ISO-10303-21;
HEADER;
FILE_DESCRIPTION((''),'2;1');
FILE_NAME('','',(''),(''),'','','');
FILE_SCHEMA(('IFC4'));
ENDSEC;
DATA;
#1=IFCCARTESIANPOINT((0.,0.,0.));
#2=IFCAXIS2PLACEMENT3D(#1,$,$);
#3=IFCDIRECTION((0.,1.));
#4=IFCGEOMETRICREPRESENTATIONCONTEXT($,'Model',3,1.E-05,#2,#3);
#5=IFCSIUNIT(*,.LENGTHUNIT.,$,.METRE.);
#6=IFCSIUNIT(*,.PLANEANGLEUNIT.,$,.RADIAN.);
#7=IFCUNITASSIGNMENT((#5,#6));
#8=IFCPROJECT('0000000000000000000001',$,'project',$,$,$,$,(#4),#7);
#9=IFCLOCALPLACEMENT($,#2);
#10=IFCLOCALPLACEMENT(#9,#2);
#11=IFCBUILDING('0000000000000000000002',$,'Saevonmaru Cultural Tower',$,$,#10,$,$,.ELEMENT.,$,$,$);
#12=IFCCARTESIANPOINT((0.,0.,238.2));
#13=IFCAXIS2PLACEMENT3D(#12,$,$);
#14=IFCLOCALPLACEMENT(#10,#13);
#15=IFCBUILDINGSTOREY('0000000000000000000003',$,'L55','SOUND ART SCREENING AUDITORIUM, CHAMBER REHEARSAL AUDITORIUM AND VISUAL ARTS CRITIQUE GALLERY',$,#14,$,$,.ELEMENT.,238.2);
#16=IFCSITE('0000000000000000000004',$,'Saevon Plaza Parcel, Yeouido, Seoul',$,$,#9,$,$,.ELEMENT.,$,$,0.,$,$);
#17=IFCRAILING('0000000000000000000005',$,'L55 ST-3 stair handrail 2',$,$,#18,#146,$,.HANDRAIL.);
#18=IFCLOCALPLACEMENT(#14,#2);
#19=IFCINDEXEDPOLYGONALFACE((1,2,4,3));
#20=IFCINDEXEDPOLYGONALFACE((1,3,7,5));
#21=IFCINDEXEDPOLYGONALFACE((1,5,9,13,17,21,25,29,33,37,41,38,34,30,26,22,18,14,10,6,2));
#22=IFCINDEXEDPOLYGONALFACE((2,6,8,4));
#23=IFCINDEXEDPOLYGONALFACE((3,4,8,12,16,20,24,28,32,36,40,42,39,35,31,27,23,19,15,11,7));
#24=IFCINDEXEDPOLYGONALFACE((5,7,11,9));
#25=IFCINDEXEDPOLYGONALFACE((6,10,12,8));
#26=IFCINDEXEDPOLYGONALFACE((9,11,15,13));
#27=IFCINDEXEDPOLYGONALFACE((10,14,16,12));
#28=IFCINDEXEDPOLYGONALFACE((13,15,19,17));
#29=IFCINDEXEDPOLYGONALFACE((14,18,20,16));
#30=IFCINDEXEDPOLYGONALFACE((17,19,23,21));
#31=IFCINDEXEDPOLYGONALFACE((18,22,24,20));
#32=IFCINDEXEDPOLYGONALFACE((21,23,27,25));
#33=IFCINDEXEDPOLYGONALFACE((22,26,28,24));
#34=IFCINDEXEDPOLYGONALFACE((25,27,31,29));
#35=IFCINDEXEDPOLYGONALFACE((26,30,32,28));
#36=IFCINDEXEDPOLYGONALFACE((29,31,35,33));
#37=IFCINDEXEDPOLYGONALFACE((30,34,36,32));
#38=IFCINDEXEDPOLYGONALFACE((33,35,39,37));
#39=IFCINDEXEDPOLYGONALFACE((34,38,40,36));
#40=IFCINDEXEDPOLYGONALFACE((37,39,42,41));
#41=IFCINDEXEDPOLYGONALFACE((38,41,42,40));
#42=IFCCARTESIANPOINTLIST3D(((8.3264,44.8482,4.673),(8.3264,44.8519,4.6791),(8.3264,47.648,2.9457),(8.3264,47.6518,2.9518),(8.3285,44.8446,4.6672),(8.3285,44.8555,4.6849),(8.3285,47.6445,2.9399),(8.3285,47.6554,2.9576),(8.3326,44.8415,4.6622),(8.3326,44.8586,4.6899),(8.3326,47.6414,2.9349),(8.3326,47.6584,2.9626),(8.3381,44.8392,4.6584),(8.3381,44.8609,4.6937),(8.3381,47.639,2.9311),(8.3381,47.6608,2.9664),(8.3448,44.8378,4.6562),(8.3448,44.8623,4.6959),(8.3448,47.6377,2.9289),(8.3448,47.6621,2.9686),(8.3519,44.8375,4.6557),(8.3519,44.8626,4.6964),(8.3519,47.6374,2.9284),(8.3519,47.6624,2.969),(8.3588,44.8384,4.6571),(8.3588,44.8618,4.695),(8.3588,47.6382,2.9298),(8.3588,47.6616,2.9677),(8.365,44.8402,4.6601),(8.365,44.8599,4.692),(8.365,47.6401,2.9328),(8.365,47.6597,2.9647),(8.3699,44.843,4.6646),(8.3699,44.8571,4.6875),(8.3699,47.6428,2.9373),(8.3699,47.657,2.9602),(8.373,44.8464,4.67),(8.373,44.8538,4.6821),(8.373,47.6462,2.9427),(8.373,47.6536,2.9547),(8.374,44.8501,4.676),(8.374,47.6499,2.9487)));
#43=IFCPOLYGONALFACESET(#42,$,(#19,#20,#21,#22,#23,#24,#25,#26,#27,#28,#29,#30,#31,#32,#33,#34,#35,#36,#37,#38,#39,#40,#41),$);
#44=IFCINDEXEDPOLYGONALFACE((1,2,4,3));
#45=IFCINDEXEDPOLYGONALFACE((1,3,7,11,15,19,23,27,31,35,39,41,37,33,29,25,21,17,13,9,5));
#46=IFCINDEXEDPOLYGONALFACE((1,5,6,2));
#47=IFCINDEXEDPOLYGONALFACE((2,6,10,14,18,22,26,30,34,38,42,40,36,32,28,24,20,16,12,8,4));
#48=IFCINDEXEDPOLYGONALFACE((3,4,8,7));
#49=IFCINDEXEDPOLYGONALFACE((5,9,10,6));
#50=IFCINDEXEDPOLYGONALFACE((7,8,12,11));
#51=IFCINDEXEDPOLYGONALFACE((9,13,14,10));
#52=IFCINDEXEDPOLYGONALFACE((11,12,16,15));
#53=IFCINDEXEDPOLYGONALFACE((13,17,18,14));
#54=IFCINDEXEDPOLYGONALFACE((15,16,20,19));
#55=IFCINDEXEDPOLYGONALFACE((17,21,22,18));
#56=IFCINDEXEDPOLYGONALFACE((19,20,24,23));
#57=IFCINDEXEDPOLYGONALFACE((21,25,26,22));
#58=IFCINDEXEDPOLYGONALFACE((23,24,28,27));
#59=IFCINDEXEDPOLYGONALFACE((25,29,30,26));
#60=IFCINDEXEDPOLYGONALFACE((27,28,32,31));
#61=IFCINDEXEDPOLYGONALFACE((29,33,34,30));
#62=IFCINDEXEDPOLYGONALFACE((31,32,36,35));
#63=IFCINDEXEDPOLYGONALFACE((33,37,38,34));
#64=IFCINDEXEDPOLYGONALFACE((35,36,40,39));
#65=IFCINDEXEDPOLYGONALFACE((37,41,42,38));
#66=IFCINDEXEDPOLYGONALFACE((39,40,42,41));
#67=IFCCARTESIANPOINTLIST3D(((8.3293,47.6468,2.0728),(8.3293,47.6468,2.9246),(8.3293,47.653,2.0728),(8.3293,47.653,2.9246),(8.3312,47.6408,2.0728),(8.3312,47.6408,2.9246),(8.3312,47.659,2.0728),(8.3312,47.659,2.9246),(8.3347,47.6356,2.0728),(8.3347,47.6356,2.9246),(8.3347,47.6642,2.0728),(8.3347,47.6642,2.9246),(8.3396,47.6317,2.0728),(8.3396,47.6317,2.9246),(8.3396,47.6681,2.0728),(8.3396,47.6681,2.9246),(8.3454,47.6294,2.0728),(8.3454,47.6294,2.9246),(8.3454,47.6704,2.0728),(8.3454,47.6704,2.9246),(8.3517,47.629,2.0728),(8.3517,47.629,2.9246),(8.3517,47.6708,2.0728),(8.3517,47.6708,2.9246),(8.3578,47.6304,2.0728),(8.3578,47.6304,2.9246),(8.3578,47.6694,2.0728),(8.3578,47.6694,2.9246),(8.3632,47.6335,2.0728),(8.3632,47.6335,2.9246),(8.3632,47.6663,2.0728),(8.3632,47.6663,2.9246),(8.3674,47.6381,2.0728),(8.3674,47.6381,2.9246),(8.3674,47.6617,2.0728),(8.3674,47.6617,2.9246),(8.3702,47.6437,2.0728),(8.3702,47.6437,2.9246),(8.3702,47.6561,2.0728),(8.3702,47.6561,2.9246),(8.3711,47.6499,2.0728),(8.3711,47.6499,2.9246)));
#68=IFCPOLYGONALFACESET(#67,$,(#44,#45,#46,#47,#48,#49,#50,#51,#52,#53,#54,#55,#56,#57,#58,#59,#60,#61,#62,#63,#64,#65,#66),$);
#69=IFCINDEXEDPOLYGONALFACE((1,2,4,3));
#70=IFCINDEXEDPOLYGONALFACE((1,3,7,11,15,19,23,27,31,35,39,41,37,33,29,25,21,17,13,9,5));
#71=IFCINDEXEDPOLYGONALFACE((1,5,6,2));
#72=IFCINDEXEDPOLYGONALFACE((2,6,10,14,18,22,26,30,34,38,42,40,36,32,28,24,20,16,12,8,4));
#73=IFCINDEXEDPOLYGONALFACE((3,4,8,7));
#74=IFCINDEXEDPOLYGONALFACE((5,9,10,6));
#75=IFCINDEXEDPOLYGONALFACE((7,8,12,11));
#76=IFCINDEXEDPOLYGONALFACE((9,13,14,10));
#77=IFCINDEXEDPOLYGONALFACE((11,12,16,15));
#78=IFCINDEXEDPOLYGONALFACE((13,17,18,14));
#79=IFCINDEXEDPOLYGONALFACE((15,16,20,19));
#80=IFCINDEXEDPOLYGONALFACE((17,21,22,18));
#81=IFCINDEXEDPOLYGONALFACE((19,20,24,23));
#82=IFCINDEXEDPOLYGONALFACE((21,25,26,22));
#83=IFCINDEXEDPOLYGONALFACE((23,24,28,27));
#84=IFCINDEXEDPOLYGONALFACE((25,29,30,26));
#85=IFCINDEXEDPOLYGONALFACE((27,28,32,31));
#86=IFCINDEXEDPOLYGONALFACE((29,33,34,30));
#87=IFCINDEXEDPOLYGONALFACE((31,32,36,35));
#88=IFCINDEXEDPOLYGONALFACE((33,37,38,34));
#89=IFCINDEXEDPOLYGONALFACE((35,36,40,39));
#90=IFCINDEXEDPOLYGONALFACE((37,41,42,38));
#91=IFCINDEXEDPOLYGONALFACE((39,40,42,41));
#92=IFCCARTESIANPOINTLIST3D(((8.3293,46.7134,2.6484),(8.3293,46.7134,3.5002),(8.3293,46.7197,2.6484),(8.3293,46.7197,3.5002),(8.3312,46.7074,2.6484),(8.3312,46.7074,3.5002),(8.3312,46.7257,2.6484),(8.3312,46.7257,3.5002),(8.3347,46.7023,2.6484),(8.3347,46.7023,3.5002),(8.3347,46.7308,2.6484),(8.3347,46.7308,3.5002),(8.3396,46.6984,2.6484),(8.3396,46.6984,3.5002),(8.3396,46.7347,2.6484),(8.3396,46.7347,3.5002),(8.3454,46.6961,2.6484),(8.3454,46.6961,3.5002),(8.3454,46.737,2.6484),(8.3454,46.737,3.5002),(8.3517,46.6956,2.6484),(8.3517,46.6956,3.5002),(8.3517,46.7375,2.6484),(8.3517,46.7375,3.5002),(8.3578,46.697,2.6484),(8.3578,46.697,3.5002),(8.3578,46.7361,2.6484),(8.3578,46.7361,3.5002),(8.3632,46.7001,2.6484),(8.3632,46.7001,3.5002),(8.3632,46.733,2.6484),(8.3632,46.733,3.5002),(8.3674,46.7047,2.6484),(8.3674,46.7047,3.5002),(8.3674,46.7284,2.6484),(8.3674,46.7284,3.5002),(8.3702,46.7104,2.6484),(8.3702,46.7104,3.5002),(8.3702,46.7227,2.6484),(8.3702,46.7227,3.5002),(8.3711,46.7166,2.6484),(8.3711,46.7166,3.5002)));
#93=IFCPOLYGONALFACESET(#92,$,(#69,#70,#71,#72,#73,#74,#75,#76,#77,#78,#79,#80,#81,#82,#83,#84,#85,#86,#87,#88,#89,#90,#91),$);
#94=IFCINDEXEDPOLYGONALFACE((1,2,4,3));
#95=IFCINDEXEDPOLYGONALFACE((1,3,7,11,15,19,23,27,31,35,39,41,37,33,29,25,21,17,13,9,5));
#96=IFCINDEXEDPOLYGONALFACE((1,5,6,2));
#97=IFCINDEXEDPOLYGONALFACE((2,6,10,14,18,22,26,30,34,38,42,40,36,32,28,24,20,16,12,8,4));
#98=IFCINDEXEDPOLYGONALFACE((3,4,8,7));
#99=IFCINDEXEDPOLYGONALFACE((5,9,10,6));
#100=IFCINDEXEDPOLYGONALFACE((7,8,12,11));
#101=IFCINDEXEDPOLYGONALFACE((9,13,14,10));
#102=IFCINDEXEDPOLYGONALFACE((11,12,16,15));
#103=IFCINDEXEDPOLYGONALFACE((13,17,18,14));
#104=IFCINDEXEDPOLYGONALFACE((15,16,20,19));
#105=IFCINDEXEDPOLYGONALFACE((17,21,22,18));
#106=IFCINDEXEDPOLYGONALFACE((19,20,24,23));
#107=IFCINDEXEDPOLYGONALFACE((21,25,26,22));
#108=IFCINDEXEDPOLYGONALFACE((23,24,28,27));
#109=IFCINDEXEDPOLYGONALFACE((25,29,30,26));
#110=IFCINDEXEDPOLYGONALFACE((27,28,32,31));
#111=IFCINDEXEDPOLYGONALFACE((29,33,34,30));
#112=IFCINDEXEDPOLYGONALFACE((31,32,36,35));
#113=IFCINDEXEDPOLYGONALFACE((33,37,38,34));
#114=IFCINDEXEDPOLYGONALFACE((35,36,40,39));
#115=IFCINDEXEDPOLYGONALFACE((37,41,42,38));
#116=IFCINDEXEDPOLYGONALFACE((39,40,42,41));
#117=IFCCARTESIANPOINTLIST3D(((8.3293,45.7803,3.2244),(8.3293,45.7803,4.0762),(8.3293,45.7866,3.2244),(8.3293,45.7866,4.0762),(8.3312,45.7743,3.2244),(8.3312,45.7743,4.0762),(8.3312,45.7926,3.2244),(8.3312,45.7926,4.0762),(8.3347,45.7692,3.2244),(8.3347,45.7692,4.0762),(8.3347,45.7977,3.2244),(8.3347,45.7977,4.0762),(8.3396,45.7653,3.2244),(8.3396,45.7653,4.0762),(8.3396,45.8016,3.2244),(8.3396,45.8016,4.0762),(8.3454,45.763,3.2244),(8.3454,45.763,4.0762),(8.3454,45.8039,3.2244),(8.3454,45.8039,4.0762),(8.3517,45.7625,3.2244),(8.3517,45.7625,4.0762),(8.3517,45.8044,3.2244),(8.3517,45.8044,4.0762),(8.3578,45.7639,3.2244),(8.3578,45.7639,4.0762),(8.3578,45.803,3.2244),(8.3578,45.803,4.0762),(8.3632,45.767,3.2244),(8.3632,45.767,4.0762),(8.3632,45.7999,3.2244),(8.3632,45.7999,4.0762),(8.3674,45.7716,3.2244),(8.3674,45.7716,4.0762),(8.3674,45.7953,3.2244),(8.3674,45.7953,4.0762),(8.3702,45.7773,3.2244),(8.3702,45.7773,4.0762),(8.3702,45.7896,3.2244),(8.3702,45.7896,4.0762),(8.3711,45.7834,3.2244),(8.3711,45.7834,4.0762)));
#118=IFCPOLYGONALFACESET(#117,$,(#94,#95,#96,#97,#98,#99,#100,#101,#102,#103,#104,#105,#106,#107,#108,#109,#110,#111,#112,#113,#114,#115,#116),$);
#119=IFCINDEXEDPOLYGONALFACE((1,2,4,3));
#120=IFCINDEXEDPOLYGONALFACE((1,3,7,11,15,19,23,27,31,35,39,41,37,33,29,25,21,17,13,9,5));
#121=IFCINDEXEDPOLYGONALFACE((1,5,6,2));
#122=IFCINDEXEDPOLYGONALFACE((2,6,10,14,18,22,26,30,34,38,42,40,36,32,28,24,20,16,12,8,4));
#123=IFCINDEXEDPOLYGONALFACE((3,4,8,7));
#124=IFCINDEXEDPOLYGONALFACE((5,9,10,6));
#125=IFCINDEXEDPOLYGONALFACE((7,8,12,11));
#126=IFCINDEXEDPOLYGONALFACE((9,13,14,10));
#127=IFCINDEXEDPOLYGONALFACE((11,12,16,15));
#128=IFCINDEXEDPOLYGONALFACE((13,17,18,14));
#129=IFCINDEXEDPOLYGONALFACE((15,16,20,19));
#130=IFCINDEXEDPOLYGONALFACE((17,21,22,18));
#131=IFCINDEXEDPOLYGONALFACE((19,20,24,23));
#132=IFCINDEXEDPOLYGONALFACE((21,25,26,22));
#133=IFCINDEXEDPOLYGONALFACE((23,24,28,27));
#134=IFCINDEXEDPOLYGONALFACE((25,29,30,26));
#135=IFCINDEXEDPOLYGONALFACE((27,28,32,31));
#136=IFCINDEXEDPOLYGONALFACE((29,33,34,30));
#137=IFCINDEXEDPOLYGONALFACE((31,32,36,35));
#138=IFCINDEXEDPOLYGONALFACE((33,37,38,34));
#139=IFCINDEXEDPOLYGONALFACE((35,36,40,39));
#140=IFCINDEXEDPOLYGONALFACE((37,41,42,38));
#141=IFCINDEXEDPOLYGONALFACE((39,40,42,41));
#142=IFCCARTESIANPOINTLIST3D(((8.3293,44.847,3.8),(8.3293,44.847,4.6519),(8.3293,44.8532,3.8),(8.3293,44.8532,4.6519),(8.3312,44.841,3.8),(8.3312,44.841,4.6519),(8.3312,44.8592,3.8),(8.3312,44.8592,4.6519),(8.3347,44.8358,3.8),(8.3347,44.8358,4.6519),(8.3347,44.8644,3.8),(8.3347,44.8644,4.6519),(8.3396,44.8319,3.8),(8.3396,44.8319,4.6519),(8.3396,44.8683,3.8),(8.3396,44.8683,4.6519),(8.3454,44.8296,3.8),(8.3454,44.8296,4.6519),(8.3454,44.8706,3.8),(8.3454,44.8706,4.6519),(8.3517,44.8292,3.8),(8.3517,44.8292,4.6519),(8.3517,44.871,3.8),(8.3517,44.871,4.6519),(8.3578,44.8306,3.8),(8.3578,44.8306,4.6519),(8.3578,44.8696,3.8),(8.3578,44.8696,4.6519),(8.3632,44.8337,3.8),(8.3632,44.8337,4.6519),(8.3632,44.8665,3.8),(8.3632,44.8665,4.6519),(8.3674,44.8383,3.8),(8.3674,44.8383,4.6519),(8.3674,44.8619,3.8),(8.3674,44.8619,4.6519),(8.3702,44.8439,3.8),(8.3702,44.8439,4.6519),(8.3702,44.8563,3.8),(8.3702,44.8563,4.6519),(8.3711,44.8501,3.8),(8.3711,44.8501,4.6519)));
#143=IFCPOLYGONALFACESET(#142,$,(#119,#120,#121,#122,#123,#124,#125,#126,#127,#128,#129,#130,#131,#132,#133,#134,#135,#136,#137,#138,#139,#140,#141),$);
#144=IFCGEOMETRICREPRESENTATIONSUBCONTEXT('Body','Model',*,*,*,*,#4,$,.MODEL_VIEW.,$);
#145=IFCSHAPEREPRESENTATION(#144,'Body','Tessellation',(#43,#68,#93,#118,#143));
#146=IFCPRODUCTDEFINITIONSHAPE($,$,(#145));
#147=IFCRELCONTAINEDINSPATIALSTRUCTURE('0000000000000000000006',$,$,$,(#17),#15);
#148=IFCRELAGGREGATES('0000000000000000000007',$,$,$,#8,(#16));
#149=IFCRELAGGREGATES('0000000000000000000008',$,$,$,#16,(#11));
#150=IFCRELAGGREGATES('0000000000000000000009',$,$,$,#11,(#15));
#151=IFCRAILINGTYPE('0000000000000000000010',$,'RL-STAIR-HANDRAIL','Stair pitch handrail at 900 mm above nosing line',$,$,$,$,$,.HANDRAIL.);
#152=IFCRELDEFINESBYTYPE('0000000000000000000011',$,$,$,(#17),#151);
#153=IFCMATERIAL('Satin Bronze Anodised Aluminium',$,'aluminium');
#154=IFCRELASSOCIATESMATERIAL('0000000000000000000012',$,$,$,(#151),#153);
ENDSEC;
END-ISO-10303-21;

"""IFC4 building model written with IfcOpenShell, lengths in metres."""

from ifc_helpers import new_model, si_unit, direction, frame, origin, origin_2d, place, context, subcontext, project, spatial, circle, extrude, material, type_object, element, save


model = new_model("IFC4")

# Units and contexts
model_context = context("Model", 3, precision=1e-05, world=origin(), true_north=direction((0.0, 1.0)))
body_context = subcontext(model_context, "Body", "Model", "MODEL_VIEW")
ifc_project = project(units=[si_unit("LENGTHUNIT", "METRE"), si_unit("PLANEANGLEUNIT", "RADIAN")], contexts=[model_context])

# Site, building, storey
site_placement = place(None, origin())
site = spatial("IfcSite", under=ifc_project, at=site_placement, Name="Saevon Plaza Parcel, Yeouido, Seoul", CompositionType="ELEMENT", RefElevation=0.0)
building_placement = place(site_placement, origin())
building = spatial("IfcBuilding", under=site, at=building_placement, Name="Saevonmaru Cultural Tower", CompositionType="ELEMENT")
storey_placement = place(building_placement, frame((0.0, 0.0, 238.2)))
storey = spatial("IfcBuildingStorey", under=building, at=storey_placement, Name="L55", Description="SOUND ART SCREENING AUDITORIUM, CHAMBER REHEARSAL AUDITORIUM AND VISUAL ARTS CRITIQUE GALLERY", CompositionType="ELEMENT", Elevation=238.2)

# Shared definitions
ifc_material_1 = material(Name="Satin Bronze Anodised Aluminium", Category="aluminium")

# Railing
railing_type_1 = type_object("IfcRailingType", Name="RL-STAIR-HANDRAIL", Description="Stair pitch handrail at 900 mm above nosing line", PredefinedType="HANDRAIL", material=ifc_material_1)
railing_1_placement = place(storey_placement, frame((8.3501, 47.6499, 2.0728)))
element("IfcRailing", 1, at=railing_1_placement, inside=storey, type_object=railing_type_1, Name="L55 ST-3 stair handrail 2", PredefinedType="HANDRAIL", context=body_context, shape_type="SweptSolid", body=[
    extrude(circle(Radius=0.0239, at=origin_2d()), frame((0.0, 0.0, 0.876), z_axis=(0.0, -0.851069, 0.525054), x_axis=(1.0, 0.0, 0.0)), (0.0, 0.0, 1.0), 3.2898),
    extrude(circle(Radius=0.021, at=origin_2d()), origin(), (0.0, 0.0, 1.0), 0.8518),
    extrude(circle(Radius=0.021, at=origin_2d()), frame((0.0, -0.9333, 0.5757)), (0.0, 0.0, 1.0), 0.8518),
    extrude(circle(Radius=0.021, at=origin_2d()), frame((0.0, -1.8665, 1.1516)), (0.0, 0.0, 1.0), 0.8518),
    extrude(circle(Radius=0.021, at=origin_2d()), frame((0.0, -2.7998, 1.7273)), (0.0, 0.0, 1.0), 0.8518),
])

save(model, "model.ifc")
